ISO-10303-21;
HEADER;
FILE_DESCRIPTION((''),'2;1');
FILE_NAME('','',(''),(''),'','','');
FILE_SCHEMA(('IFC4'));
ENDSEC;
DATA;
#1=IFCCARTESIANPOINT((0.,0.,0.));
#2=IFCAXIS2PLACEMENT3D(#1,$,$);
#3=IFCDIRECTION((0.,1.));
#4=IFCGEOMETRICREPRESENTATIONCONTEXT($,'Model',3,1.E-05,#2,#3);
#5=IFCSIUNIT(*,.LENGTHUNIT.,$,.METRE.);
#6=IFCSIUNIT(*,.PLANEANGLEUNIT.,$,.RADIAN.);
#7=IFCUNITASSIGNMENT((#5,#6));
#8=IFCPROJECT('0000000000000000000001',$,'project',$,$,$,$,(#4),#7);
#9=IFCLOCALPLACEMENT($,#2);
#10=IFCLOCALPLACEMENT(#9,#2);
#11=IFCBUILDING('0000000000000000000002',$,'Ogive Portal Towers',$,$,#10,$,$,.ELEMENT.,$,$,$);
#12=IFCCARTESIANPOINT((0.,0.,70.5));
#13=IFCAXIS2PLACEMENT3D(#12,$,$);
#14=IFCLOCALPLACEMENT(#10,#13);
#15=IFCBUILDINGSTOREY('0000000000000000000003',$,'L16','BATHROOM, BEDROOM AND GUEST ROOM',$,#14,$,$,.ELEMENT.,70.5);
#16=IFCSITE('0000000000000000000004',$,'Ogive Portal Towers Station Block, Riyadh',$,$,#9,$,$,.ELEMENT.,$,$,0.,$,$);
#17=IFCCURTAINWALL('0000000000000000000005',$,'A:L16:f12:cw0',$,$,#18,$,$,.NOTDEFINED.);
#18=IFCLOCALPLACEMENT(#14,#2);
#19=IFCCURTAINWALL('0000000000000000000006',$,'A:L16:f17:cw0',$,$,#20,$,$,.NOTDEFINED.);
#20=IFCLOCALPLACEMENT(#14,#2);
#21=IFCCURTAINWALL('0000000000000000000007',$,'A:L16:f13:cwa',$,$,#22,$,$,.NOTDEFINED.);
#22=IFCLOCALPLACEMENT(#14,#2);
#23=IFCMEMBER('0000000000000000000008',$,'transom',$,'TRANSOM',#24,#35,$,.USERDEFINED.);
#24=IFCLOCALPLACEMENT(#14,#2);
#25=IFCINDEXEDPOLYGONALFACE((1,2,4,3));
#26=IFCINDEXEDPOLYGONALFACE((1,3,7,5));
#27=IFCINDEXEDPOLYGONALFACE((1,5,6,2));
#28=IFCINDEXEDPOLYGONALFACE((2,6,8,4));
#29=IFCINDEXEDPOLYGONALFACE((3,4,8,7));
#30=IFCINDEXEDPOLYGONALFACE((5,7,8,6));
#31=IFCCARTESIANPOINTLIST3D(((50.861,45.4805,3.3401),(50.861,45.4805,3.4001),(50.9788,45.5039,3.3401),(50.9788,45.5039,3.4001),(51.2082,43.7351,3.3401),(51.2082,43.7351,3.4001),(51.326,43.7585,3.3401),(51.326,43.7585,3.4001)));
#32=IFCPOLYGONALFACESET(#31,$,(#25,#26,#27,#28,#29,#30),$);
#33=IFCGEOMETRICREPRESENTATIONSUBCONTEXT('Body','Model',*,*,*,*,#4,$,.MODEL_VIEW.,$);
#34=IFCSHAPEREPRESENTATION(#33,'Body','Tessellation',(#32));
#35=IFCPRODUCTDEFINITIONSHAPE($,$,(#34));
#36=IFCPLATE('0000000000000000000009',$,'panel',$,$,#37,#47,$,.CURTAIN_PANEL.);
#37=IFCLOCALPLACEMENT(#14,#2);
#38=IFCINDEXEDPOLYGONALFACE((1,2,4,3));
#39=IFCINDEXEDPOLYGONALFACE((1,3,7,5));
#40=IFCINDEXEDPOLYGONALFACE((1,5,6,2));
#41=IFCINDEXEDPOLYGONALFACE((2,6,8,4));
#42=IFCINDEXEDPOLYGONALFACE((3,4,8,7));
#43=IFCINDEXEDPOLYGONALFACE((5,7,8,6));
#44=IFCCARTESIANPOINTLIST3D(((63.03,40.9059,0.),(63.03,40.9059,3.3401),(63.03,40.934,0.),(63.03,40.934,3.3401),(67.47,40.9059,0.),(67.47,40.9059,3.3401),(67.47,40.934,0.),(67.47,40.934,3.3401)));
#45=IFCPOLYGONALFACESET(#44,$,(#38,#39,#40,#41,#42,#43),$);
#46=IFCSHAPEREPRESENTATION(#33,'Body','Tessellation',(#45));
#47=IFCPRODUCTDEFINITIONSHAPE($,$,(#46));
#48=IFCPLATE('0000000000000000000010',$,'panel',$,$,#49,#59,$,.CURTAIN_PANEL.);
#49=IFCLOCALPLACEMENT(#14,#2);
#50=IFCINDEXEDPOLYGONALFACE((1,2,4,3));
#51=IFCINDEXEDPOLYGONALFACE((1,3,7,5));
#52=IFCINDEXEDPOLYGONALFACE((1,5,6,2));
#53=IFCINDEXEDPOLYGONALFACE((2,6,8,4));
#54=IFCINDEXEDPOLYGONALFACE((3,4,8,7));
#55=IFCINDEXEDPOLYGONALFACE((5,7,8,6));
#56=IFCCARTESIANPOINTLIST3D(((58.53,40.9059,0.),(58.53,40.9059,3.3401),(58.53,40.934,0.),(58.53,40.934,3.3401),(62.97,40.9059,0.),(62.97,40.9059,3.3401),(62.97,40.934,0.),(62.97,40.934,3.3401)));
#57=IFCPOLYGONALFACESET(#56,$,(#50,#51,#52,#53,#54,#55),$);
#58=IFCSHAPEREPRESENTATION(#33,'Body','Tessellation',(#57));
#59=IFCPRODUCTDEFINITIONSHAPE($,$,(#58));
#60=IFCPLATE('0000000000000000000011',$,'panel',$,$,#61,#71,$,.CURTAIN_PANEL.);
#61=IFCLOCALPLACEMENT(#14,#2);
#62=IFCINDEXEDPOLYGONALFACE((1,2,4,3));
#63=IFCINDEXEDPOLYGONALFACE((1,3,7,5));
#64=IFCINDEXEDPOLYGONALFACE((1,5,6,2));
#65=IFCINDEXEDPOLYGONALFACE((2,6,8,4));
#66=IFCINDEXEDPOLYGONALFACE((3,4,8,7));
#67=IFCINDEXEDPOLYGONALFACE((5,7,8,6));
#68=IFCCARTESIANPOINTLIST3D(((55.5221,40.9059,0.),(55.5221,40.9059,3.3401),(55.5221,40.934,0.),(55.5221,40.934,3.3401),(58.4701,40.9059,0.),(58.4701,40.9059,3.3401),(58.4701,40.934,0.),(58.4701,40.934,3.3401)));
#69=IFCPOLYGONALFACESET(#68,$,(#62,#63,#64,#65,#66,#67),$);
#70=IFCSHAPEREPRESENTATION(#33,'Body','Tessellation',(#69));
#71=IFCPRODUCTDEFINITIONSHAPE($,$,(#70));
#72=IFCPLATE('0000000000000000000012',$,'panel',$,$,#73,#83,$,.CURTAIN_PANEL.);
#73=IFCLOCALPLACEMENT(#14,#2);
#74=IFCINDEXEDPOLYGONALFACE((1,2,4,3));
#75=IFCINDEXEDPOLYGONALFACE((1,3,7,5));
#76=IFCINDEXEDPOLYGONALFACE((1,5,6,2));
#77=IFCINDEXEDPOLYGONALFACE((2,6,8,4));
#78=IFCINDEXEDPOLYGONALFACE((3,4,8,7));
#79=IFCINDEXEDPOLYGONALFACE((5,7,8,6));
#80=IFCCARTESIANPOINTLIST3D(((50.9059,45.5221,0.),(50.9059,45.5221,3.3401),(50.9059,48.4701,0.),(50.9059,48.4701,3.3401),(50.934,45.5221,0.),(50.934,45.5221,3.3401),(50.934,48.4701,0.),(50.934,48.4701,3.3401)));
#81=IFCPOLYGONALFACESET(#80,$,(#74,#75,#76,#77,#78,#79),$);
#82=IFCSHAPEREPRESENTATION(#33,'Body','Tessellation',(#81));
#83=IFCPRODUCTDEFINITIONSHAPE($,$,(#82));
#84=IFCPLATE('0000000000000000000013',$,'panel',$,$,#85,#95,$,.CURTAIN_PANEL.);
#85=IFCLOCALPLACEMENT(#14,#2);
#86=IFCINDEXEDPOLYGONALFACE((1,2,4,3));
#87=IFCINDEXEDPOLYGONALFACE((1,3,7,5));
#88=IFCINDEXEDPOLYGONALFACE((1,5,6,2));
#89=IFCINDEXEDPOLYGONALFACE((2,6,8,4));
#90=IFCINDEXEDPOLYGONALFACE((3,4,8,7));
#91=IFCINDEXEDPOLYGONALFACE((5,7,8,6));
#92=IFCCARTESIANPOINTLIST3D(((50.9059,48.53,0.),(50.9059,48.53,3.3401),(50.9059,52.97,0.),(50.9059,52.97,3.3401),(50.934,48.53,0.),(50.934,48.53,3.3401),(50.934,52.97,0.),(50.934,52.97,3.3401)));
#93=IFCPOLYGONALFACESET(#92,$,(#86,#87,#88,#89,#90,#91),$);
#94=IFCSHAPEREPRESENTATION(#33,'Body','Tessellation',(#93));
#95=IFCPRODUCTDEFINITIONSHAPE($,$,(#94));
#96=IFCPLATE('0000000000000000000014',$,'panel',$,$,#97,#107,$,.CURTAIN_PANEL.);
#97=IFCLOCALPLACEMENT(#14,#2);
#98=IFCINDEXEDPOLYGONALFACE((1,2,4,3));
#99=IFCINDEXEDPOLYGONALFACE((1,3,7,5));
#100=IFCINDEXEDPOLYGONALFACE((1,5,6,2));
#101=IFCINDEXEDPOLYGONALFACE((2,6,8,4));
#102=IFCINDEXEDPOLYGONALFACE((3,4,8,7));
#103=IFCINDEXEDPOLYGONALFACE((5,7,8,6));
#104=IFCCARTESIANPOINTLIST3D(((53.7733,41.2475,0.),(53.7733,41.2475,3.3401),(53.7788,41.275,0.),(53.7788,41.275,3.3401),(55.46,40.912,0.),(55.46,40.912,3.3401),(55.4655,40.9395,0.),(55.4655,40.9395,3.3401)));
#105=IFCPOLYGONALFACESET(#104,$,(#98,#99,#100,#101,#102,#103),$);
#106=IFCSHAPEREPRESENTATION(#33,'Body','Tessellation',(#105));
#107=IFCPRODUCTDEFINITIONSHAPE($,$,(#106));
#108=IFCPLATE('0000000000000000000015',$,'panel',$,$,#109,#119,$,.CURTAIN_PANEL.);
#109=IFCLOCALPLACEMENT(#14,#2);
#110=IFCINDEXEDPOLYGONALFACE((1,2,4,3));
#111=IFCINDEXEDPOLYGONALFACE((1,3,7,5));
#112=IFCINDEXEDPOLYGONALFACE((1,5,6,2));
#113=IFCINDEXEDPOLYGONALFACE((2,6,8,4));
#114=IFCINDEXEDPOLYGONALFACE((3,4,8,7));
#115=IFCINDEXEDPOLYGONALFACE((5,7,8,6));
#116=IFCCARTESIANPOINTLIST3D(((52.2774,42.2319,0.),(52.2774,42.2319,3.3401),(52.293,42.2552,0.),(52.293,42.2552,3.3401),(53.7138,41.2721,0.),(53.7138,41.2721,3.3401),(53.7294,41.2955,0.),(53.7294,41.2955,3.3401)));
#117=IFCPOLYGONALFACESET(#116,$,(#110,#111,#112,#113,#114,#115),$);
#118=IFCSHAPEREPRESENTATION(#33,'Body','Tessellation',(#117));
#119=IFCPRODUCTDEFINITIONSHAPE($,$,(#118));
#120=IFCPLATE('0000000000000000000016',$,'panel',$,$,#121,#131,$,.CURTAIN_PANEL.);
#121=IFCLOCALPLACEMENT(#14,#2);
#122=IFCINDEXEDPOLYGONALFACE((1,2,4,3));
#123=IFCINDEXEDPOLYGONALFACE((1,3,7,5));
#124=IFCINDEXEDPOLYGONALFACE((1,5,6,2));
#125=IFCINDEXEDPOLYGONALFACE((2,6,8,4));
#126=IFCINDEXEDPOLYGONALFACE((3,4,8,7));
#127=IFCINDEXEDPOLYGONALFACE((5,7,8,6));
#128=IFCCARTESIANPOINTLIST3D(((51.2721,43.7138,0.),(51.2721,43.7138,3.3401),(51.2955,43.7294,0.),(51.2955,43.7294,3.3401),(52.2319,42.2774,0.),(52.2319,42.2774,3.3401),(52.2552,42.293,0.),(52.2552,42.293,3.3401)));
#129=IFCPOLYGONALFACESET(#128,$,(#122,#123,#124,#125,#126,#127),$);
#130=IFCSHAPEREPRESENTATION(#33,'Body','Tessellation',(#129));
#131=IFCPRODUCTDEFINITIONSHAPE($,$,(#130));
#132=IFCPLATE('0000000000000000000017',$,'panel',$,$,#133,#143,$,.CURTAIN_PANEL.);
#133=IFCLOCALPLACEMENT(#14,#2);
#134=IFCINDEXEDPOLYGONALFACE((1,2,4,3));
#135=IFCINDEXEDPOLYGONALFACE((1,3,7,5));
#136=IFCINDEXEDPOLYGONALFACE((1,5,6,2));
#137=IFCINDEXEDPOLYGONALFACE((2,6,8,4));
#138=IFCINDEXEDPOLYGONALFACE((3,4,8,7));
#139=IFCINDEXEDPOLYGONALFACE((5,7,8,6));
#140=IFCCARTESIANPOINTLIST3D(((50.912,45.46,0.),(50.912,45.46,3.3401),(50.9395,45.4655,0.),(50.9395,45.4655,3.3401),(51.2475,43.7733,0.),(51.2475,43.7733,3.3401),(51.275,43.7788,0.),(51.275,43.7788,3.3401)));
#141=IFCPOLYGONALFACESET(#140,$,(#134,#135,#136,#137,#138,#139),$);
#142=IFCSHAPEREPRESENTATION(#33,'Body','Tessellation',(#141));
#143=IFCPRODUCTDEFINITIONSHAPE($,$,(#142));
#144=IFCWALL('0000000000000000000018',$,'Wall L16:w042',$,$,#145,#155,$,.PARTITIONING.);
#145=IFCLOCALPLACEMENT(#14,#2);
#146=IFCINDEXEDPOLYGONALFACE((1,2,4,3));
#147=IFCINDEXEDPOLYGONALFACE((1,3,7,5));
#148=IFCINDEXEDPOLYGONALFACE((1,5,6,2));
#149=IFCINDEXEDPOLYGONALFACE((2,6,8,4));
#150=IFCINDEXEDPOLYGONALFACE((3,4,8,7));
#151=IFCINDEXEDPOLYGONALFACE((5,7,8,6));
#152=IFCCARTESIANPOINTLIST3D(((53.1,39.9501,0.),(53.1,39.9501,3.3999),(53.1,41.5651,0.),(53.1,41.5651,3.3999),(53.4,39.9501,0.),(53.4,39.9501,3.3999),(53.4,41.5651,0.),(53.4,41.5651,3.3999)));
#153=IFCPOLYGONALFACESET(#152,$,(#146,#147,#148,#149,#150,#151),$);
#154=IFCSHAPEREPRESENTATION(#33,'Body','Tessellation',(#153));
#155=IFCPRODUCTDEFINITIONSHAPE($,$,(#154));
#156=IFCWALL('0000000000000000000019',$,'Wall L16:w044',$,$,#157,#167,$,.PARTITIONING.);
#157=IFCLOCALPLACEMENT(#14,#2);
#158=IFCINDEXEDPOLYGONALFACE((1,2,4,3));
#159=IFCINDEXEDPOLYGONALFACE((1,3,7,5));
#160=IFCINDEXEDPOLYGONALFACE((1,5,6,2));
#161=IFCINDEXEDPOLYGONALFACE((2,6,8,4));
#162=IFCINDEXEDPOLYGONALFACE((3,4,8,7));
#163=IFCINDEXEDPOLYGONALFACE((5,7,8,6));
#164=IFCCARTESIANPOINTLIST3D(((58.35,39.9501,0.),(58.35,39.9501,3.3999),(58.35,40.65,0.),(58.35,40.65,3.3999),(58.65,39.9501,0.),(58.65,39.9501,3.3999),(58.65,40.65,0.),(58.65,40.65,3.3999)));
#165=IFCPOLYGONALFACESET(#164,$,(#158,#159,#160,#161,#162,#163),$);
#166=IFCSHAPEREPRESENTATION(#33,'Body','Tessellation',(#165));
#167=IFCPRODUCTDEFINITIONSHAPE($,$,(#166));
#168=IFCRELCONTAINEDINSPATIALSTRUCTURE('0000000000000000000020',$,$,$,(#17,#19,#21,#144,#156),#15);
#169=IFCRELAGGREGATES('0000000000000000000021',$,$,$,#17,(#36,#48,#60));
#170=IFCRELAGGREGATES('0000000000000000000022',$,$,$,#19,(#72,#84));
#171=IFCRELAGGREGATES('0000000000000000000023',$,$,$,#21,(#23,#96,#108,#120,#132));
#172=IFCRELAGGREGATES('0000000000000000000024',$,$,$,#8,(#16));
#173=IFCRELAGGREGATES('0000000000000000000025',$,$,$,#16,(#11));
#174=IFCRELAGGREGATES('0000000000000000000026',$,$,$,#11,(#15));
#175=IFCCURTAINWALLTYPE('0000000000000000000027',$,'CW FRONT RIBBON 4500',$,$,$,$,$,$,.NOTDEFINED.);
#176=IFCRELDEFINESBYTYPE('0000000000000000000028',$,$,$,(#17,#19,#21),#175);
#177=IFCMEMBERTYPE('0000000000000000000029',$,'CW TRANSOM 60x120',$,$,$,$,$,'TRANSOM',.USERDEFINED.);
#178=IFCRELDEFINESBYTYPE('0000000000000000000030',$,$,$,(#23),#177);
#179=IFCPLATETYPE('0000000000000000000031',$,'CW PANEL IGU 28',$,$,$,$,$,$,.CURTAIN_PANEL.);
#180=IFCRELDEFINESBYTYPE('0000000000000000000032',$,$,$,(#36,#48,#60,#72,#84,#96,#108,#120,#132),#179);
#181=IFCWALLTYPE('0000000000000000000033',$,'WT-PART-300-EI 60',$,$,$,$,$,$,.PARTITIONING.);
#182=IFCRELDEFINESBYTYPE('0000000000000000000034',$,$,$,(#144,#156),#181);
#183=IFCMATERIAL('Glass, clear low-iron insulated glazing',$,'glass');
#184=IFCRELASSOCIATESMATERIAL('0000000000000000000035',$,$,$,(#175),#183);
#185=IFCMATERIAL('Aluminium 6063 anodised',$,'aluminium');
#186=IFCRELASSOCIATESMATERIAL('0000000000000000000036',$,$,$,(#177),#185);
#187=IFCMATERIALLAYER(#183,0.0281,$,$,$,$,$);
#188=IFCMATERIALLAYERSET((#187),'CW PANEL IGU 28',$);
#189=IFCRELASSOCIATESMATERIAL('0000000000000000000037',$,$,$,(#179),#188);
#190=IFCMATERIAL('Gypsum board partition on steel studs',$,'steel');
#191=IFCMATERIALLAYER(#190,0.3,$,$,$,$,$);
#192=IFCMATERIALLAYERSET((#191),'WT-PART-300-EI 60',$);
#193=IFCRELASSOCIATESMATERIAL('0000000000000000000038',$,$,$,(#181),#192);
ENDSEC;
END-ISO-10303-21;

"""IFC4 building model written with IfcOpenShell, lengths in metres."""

from ifc_helpers import new_model, si_unit, direction, frame, frame_2d, origin, origin_2d, place, context, subcontext, project, spatial, rectangle, extrude, material, layer, layer_set, material_profile, profile_set, type_object, element, aggregate, save


model = new_model("IFC4")

# Units and contexts
model_context = context("Model", 3, precision=1e-05, world=origin(), true_north=direction((0.0, 1.0)))
body_context = subcontext(model_context, "Body", "Model", "MODEL_VIEW")
ifc_project = project(units=[si_unit("LENGTHUNIT", "METRE"), si_unit("PLANEANGLEUNIT", "RADIAN")], contexts=[model_context])

# Site, building, storey
site_placement = place(None, origin())
site = spatial("IfcSite", under=ifc_project, at=site_placement, Name="Ogive Portal Towers Station Block, Riyadh", CompositionType="ELEMENT", RefElevation=0.0)
building_placement = place(site_placement, origin())
building = spatial("IfcBuilding", under=site, at=building_placement, Name="Ogive Portal Towers", CompositionType="ELEMENT")
storey_placement = place(building_placement, frame((0.0, 0.0, 70.5)))
storey = spatial("IfcBuildingStorey", under=building, at=storey_placement, Name="L16", Description="BATHROOM, BEDROOM AND GUEST ROOM", CompositionType="ELEMENT", Elevation=70.5)

# Curtain walls, member
ifc_material_1 = material(Name="Glass, clear low-iron insulated glazing", Category="glass")
curtain_wall_type = type_object("IfcCurtainWallType", Name="CW FRONT RIBBON 4500", PredefinedType="NOTDEFINED", material=ifc_material_1)
curtain_wall_1_placement = place(storey_placement, origin())
curtain_wall_1 = element("IfcCurtainWall", 1, at=curtain_wall_1_placement, inside=storey, type_object=curtain_wall_type, Name="A:L16:f12:cw0", PredefinedType="NOTDEFINED")
ifc_material_2 = material(Name="Aluminium 6063 anodised", Category="aluminium")
curtain_wall_2_placement = place(storey_placement, origin())
curtain_wall_2 = element("IfcCurtainWall", 2, at=curtain_wall_2_placement, inside=storey, type_object=curtain_wall_type, Name="A:L16:f17:cw0", PredefinedType="NOTDEFINED")
curtain_wall_3_placement = place(storey_placement, origin())
curtain_wall_3 = element("IfcCurtainWall", 3, at=curtain_wall_3_placement, inside=storey, type_object=curtain_wall_type, Name="A:L16:f13:cwa", PredefinedType="NOTDEFINED")
ifc_material_profile_1 = material_profile(ifc_material_2, rectangle(XDim=0.1201, YDim=0.0601, at=origin_2d()), Name="AL 120x60")
ifc_profile_set_1 = profile_set([ifc_material_profile_1], Name="Aluminium 6063 anodised")
member_type_1 = type_object("IfcMemberType", Name="CW TRANSOM 60x120", ElementType="TRANSOM", PredefinedType="USERDEFINED", material=ifc_profile_set_1)
member_1_placement = place(storey_placement, frame((51.2671, 43.7468, 3.3701), z_axis=(-0.195087, 0.980786, 0.0), x_axis=(-0.980786, -0.195087, 0.0)))
member_1 = element("IfcMember", 4, at=member_1_placement, type_object=member_type_1, Name="transom", ObjectType="TRANSOM", PredefinedType="USERDEFINED", context=body_context, shape_type="SweptSolid", body=[
    extrude(rectangle(XDim=0.1201, YDim=0.0601, at=origin_2d()), origin(), (0.0, 0.0, 1.0), 1.7795),
])

# Plates
ifc_layer_1 = layer(ifc_material_1, 0.0281)
ifc_layer_set_1 = layer_set([ifc_layer_1], Name="CW PANEL IGU 28")
plate_type = type_object("IfcPlateType", Name="CW PANEL IGU 28", PredefinedType="CURTAIN_PANEL", material=ifc_layer_set_1)
plate_1_placement = place(storey_placement, frame((65.25, 40.9199, 0.0), z_axis=(0.0, 0.0, 1.0), x_axis=(-1.0, 0.0, 0.0)))
plate_1 = element("IfcPlate", 5, at=plate_1_placement, type_object=plate_type, Name="panel", PredefinedType="CURTAIN_PANEL", context=body_context, shape_type="SweptSolid", body=[
    extrude(rectangle(XDim=4.4399, YDim=0.0281, at=origin_2d()), origin(), (0.0, 0.0, 1.0), 3.3401),
])
plate_2_placement = place(storey_placement, frame((60.75, 40.9199, 0.0), z_axis=(0.0, 0.0, 1.0), x_axis=(-1.0, 0.0, 0.0)))
plate_2 = element("IfcPlate", 6, at=plate_2_placement, type_object=plate_type, Name="panel", PredefinedType="CURTAIN_PANEL", context=body_context, shape_type="SweptSolid", body=[
    extrude(rectangle(XDim=4.4399, YDim=0.0281, at=origin_2d()), origin(), (0.0, 0.0, 1.0), 3.3401),
])
plate_3_placement = place(storey_placement, frame((56.9961, 40.9199, 0.0), z_axis=(0.0, 0.0, 1.0), x_axis=(-1.0, 0.0, 0.0)))
plate_3 = element("IfcPlate", 7, at=plate_3_placement, type_object=plate_type, Name="panel", PredefinedType="CURTAIN_PANEL", context=body_context, shape_type="SweptSolid", body=[
    extrude(rectangle(XDim=2.948, YDim=0.0281, at=origin_2d()), origin(), (0.0, 0.0, 1.0), 3.3401),
])
aggregate(curtain_wall_1, [plate_1, plate_2, plate_3])
plate_4_placement = place(storey_placement, frame((50.9199, 46.9961, 0.0), z_axis=(0.0, 0.0, 1.0), x_axis=(0.0, 1.0, 0.0)))
plate_4 = element("IfcPlate", 8, at=plate_4_placement, type_object=plate_type, Name="panel", PredefinedType="CURTAIN_PANEL", context=body_context, shape_type="SweptSolid", body=[
    extrude(rectangle(XDim=2.948, YDim=0.0281, at=origin_2d()), origin(), (0.0, 0.0, 1.0), 3.3401),
])
plate_5_placement = place(storey_placement, frame((50.9199, 50.75, 0.0), z_axis=(0.0, 0.0, 1.0), x_axis=(0.0, 1.0, 0.0)))
plate_5 = element("IfcPlate", 9, at=plate_5_placement, type_object=plate_type, Name="panel", PredefinedType="CURTAIN_PANEL", context=body_context, shape_type="SweptSolid", body=[
    extrude(rectangle(XDim=4.4399, YDim=0.0281, at=origin_2d()), origin(), (0.0, 0.0, 1.0), 3.3401),
])
aggregate(curtain_wall_2, [plate_4, plate_5])
plate_6_placement = place(storey_placement, frame((54.6194, 41.0935, 0.0), z_axis=(0.0, 0.0, 1.0), x_axis=(-0.980785, 0.19509, 0.0)))
plate_6 = element("IfcPlate", 10, at=plate_6_placement, type_object=plate_type, Name="panel", PredefinedType="CURTAIN_PANEL", context=body_context, shape_type="SweptSolid", body=[
    extrude(rectangle(XDim=1.7197, YDim=0.0281, at=origin_2d()), origin(), (0.0, 0.0, 1.0), 3.3401),
])
plate_7_placement = place(storey_placement, frame((53.0034, 41.7637, 0.0), z_axis=(0.0, 0.0, 1.0), x_axis=(-0.83147, 0.55557, 0.0)))
plate_7 = element("IfcPlate", 11, at=plate_7_placement, type_object=plate_type, Name="panel", PredefinedType="CURTAIN_PANEL", context=body_context, shape_type="SweptSolid", body=[
    extrude(rectangle(XDim=1.7275, YDim=0.0281, at=origin_2d()), origin(), (0.0, 0.0, 1.0), 3.3401),
])
plate_8_placement = place(storey_placement, frame((51.7637, 43.0034, 0.0), z_axis=(0.0, 0.0, 1.0), x_axis=(-0.55557, 0.83147, 0.0)))
plate_8 = element("IfcPlate", 12, at=plate_8_placement, type_object=plate_type, Name="panel", PredefinedType="CURTAIN_PANEL", context=body_context, shape_type="SweptSolid", body=[
    extrude(rectangle(XDim=1.7275, YDim=0.0281, at=origin_2d()), origin(), (0.0, 0.0, 1.0), 3.3401),
])
plate_9_placement = place(storey_placement, frame((51.0935, 44.6194, 0.0), z_axis=(0.0, 0.0, 1.0), x_axis=(-0.19509, 0.980785, 0.0)))
plate_9 = element("IfcPlate", 13, at=plate_9_placement, type_object=plate_type, Name="panel", PredefinedType="CURTAIN_PANEL", context=body_context, shape_type="SweptSolid", body=[
    extrude(rectangle(XDim=1.7197, YDim=0.0281, at=origin_2d()), origin(), (0.0, 0.0, 1.0), 3.3401),
])
aggregate(curtain_wall_3, [member_1, plate_6, plate_7, plate_8, plate_9])

# Walls
ifc_material_3 = material(Name="Gypsum board partition on steel studs", Category="steel")
ifc_layer_2 = layer(ifc_material_3, 0.3)
ifc_layer_set_2 = layer_set([ifc_layer_2], Name="WT-PART-300-EI 60")
wall_type = type_object("IfcWallType", Name="WT-PART-300-EI 60", PredefinedType="PARTITIONING", material=ifc_layer_set_2)
wall_1_placement = place(storey_placement, frame((53.25, 39.95, 0.0), z_axis=(0.0, 0.0, 1.0), x_axis=(0.0, 1.0, 0.0)))
element("IfcWall", 14, at=wall_1_placement, inside=storey, type_object=wall_type, Name="Wall L16:w042", PredefinedType="PARTITIONING", context=body_context, shape_type="SweptSolid", body=[
    extrude(rectangle(XDim=1.615, YDim=0.3, at=frame_2d((0.8076, 0.0))), origin(), (0.0, 0.0, 1.0), 3.3999),
])
wall_2_placement = place(storey_placement, frame((58.5, 39.95, 0.0), z_axis=(0.0, 0.0, 1.0), x_axis=(0.0, 1.0, 0.0)))
element("IfcWall", 15, at=wall_2_placement, inside=storey, type_object=wall_type, Name="Wall L16:w044", PredefinedType="PARTITIONING", context=body_context, shape_type="SweptSolid", body=[
    extrude(rectangle(XDim=0.7, YDim=0.3, at=frame_2d((0.3501, 0.0))), origin(), (0.0, 0.0, 1.0), 3.3999),
])

save(model, "model.ifc")
